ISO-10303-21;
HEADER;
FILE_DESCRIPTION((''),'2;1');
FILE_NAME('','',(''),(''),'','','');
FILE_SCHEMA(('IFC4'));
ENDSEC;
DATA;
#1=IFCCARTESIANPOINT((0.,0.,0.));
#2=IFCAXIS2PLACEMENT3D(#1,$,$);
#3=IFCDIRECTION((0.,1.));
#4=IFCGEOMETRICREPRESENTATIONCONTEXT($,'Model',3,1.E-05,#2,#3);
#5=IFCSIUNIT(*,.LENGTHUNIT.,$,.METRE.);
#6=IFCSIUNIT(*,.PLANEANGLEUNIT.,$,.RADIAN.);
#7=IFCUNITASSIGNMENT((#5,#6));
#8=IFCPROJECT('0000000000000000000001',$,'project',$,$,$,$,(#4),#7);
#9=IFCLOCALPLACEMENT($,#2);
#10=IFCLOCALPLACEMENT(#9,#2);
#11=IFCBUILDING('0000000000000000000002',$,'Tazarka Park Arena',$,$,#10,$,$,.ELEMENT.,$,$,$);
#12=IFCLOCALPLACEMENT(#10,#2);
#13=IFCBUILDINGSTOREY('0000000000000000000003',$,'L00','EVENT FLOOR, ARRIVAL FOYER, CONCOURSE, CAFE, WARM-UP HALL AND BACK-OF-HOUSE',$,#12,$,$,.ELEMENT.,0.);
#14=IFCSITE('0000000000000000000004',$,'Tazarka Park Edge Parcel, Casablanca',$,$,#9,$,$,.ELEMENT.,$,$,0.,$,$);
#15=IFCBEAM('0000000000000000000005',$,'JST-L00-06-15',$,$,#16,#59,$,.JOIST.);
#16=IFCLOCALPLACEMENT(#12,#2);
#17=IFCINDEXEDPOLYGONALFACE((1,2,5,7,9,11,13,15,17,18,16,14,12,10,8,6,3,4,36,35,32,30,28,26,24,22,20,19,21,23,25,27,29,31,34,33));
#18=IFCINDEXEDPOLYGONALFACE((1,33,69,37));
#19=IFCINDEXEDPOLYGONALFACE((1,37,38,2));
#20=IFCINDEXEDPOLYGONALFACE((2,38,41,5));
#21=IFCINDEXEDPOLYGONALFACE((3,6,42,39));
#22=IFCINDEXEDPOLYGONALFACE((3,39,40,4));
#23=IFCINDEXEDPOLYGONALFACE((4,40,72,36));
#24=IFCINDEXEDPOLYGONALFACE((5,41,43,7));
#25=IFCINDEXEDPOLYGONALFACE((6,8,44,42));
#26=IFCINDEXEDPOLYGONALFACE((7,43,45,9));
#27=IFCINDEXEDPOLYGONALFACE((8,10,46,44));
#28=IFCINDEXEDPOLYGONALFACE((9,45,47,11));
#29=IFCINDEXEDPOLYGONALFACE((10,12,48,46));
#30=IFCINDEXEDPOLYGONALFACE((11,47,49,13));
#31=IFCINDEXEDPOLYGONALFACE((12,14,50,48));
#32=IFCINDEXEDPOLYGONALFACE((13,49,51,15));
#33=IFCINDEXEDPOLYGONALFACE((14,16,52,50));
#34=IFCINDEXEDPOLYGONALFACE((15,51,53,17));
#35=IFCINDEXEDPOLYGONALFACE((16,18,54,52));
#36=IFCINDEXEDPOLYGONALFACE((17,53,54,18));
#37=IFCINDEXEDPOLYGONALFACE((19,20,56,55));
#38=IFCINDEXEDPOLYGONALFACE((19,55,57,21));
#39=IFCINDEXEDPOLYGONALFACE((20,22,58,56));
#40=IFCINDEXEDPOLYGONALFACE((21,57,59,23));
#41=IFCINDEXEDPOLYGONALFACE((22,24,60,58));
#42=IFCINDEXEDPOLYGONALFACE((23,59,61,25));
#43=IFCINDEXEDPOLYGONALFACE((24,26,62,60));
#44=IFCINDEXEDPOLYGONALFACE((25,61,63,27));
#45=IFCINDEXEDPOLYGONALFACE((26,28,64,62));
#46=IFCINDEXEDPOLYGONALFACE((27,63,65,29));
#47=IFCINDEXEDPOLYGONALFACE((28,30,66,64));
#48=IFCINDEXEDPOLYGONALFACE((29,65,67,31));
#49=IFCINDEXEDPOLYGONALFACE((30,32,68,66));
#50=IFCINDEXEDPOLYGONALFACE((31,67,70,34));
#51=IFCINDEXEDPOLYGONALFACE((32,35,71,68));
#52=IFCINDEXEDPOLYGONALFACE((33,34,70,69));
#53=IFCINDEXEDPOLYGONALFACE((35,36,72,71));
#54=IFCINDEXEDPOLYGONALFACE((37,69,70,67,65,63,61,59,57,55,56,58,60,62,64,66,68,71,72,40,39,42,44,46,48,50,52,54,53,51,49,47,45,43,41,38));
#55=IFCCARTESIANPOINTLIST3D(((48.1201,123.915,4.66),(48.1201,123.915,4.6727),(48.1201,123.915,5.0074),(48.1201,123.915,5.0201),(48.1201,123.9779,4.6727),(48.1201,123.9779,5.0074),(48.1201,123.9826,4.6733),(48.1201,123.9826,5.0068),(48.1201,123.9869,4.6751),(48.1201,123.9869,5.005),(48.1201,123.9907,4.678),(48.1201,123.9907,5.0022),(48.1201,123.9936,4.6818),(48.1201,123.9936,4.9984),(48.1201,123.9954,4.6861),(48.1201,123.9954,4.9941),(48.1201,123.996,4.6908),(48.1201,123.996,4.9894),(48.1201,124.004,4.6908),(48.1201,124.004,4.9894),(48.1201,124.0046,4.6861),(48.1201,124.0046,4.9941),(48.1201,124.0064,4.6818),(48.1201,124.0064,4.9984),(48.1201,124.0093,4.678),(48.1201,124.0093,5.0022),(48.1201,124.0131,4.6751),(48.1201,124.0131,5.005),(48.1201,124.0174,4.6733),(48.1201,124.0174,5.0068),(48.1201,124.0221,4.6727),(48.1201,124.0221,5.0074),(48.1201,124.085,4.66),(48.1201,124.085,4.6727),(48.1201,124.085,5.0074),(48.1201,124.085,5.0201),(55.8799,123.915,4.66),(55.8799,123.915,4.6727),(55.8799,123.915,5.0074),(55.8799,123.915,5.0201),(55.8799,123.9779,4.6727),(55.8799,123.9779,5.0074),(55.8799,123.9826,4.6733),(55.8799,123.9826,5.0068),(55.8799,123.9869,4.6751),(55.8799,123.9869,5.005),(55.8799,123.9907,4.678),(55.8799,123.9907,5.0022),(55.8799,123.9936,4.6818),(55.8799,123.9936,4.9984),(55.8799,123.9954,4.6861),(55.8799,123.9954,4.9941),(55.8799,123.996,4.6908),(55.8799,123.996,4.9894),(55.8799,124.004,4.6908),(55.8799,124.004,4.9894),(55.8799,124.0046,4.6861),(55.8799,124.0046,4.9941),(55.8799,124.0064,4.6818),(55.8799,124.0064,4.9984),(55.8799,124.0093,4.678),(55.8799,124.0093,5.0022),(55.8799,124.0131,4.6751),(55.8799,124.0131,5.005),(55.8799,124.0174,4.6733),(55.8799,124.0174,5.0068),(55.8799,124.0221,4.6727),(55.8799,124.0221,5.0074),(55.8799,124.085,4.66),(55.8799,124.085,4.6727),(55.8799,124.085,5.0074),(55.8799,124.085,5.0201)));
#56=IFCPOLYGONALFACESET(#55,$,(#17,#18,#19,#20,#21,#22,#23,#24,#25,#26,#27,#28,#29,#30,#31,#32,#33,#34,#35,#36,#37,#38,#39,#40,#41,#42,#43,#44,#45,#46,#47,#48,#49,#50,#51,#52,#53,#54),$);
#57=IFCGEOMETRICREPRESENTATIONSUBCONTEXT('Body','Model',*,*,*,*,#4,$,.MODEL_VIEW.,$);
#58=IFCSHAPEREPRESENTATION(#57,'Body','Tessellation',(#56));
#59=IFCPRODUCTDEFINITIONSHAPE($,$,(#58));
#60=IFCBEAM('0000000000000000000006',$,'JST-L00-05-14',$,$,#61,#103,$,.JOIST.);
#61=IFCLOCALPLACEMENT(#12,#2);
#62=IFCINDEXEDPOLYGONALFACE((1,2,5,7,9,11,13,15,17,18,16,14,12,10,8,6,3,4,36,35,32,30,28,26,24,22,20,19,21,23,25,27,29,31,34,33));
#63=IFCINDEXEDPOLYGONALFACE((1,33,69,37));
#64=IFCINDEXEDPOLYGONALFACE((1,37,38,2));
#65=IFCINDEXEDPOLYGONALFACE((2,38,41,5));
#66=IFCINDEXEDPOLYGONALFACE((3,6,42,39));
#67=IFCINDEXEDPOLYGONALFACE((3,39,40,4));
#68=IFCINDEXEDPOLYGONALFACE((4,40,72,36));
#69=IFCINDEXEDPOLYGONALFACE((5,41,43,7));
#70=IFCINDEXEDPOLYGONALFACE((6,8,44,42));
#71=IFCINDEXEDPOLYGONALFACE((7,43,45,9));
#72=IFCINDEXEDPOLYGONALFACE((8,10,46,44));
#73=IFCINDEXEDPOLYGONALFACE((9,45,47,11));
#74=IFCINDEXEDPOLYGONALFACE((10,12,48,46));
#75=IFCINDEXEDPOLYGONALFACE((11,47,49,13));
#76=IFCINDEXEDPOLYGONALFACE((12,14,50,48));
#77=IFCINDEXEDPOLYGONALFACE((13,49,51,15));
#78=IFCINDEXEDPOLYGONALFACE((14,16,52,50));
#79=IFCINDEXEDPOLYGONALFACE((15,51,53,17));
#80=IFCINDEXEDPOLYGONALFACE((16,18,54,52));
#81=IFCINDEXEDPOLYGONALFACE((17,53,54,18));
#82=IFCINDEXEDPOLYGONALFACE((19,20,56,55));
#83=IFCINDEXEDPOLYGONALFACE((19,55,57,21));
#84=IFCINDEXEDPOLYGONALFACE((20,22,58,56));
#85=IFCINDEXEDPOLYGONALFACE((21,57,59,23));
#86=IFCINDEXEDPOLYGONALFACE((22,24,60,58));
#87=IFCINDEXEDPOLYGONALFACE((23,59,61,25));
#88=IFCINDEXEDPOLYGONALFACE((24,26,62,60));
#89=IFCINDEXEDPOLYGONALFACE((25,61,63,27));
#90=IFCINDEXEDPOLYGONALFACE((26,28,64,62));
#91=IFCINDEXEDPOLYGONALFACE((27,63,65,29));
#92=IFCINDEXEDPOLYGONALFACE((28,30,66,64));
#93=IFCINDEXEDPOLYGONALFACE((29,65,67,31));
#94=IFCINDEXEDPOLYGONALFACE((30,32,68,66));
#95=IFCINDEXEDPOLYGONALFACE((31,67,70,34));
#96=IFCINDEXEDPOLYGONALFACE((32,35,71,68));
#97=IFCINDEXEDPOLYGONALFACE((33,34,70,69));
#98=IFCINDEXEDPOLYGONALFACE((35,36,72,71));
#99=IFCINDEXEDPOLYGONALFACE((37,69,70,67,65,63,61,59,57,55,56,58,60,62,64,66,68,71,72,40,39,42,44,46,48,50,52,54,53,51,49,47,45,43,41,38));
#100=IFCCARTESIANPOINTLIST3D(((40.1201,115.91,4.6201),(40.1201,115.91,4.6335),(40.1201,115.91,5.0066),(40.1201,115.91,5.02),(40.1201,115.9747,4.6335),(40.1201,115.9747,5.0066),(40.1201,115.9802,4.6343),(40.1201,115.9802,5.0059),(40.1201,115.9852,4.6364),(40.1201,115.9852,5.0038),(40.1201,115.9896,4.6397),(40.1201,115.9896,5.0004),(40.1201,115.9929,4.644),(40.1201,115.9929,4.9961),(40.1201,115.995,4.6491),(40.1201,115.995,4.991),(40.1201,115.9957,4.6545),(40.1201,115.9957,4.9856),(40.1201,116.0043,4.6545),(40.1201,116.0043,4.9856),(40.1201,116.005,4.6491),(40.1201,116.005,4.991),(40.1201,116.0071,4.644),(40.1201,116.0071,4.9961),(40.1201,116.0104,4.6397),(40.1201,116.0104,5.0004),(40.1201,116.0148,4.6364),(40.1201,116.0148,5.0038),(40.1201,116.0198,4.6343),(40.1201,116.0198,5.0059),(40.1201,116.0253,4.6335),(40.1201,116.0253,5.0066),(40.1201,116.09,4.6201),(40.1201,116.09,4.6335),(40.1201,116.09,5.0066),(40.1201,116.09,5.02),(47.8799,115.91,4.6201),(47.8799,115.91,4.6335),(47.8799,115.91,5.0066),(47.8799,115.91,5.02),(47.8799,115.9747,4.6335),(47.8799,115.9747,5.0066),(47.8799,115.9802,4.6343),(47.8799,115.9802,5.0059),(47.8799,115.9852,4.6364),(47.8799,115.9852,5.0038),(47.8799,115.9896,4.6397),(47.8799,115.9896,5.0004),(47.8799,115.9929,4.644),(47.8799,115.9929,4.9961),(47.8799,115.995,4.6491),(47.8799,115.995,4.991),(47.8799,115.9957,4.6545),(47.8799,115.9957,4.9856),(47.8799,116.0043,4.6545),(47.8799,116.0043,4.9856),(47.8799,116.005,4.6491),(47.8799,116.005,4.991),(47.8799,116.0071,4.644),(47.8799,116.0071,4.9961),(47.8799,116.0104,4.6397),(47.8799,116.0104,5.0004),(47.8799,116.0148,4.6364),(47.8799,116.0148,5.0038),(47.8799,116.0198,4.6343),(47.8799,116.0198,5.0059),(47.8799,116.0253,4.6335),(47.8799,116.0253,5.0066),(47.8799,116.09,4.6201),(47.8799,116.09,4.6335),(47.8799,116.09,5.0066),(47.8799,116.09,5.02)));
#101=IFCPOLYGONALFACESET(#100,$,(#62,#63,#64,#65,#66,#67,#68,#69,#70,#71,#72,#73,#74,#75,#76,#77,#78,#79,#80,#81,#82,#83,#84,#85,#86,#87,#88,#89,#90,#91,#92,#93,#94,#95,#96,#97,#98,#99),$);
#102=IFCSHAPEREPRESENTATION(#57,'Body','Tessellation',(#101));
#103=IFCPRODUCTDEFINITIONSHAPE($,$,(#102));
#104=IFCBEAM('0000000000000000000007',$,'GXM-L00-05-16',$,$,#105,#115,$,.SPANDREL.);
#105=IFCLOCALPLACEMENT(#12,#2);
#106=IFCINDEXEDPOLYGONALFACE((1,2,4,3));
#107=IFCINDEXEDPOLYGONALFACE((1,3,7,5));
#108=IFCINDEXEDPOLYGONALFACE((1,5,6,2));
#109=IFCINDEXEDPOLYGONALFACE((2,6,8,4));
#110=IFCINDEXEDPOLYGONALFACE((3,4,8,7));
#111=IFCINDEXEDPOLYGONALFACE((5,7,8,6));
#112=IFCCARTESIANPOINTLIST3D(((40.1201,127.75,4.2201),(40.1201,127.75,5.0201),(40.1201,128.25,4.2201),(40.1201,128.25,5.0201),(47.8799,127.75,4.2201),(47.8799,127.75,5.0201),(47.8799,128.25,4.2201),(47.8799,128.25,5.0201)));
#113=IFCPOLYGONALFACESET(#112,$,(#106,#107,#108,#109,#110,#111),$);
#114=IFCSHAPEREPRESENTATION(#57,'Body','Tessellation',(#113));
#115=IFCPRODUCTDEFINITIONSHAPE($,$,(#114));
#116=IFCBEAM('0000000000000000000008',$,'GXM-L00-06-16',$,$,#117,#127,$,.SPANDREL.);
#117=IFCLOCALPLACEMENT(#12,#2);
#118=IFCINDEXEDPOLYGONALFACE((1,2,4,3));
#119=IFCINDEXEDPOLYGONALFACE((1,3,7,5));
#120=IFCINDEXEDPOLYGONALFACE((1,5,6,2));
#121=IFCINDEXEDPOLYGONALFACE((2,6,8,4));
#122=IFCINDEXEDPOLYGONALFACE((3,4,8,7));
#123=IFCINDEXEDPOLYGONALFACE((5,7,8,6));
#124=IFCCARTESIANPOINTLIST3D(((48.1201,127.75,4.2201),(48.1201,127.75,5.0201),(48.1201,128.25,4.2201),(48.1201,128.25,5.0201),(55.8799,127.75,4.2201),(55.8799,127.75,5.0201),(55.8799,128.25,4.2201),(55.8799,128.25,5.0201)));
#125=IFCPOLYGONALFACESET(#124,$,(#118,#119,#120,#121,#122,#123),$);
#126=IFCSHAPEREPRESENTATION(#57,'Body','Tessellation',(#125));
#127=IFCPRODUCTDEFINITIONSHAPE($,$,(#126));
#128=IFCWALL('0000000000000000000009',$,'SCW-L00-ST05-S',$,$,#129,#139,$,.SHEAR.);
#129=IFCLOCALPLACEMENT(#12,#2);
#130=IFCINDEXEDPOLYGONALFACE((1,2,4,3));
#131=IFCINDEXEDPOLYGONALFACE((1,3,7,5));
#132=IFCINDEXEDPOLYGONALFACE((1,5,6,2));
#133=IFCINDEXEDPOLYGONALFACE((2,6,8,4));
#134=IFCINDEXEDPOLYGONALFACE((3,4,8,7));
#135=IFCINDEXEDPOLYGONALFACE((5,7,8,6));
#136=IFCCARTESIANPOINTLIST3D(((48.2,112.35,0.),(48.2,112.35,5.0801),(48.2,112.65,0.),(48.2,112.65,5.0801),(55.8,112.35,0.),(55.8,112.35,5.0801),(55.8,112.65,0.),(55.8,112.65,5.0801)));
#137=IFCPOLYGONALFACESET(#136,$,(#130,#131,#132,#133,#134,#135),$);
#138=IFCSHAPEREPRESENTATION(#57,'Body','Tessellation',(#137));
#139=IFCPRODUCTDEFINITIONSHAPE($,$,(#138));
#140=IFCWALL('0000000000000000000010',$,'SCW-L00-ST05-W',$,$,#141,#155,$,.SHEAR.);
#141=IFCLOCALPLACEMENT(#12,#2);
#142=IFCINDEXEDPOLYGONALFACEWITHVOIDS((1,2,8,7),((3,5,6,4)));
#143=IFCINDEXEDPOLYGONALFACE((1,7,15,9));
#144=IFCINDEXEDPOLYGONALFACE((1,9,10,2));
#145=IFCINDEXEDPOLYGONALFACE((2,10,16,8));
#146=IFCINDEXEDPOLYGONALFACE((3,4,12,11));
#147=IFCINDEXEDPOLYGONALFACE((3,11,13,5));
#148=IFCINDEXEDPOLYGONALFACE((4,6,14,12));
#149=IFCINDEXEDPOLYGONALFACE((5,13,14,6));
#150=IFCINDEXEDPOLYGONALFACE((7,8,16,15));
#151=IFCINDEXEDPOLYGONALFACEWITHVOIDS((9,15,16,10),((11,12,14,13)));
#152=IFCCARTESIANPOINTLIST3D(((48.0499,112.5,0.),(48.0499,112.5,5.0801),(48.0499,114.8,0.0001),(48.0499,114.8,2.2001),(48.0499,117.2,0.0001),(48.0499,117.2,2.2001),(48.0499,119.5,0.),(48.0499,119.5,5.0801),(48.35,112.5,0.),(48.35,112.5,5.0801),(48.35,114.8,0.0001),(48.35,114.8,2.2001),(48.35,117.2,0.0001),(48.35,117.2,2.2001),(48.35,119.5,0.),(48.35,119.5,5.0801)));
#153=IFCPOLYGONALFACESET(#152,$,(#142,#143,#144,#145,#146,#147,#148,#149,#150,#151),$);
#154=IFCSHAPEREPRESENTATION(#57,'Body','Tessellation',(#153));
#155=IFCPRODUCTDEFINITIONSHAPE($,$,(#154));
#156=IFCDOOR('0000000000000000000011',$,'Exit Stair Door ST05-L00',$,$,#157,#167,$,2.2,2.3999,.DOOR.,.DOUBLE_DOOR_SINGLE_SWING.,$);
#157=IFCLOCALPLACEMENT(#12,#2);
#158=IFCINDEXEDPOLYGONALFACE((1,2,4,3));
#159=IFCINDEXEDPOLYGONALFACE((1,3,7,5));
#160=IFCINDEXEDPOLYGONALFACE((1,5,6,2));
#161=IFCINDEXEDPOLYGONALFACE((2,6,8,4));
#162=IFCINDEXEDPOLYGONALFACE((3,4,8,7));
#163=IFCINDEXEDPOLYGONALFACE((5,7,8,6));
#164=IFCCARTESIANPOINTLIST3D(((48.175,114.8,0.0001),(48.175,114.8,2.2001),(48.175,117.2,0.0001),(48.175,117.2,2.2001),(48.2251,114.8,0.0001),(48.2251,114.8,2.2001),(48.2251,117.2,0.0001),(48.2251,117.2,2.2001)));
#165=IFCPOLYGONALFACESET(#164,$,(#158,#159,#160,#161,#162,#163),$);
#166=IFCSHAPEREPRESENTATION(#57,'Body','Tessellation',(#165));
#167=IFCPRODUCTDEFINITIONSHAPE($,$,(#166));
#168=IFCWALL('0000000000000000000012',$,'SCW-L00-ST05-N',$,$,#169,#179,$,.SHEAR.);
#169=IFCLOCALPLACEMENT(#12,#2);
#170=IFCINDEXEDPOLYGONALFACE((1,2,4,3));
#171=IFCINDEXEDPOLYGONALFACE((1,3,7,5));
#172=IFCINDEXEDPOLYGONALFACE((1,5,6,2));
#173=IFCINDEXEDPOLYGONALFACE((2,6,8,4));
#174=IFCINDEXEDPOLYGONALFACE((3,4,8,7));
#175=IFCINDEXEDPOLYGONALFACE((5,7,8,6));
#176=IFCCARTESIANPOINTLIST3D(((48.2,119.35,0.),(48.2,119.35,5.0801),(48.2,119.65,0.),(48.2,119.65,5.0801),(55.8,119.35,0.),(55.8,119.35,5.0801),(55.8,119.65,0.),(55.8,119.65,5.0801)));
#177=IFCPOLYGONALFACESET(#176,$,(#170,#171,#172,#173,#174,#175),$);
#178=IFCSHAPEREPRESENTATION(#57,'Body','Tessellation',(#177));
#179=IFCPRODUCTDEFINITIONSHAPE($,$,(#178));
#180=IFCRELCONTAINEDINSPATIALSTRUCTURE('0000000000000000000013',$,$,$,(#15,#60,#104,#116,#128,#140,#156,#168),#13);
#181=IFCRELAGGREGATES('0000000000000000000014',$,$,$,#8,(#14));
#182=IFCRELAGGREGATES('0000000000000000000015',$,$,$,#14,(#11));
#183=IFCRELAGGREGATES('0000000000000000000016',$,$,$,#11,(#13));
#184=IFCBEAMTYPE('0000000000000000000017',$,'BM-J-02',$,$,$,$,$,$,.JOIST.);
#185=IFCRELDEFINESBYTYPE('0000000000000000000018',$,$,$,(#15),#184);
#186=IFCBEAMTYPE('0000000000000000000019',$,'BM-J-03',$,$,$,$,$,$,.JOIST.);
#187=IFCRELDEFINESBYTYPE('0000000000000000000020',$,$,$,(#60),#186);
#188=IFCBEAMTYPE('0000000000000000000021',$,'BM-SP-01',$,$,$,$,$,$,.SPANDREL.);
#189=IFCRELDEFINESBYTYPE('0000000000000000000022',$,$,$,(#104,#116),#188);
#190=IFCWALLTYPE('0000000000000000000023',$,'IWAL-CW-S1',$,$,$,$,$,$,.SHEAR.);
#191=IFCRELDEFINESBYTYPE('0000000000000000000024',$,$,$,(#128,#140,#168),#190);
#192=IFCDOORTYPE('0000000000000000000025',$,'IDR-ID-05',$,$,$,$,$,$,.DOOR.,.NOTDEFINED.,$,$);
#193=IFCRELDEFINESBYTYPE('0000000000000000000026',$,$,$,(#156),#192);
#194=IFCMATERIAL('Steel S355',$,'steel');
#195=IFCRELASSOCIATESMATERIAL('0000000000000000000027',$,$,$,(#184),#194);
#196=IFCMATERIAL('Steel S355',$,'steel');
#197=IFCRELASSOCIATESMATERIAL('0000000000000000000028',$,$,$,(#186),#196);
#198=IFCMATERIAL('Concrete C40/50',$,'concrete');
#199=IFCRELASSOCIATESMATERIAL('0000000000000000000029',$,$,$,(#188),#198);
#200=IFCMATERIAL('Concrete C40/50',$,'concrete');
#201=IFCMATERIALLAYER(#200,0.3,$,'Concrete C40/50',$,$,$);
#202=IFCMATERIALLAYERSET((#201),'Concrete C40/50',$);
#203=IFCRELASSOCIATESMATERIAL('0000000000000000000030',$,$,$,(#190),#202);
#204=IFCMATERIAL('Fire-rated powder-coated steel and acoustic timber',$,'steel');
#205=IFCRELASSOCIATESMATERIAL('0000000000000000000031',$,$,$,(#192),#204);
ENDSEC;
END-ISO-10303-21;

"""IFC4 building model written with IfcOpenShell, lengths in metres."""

from ifc_helpers import new_model, si_unit, direction, frame, frame_2d, origin, origin_2d, place, context, subcontext, project, spatial, rectangle, i_section, extrude, material, layer, layer_set, material_profile, profile_set, type_object, element, fill, save


model = new_model("IFC4")

# Units and contexts
model_context = context("Model", 3, precision=1e-05, world=origin(), true_north=direction((0.0, 1.0)))
body_context = subcontext(model_context, "Body", "Model", "MODEL_VIEW")
ifc_project = project(units=[si_unit("LENGTHUNIT", "METRE"), si_unit("PLANEANGLEUNIT", "RADIAN")], contexts=[model_context])

# Site, building, storey
site_placement = place(None, origin())
site = spatial("IfcSite", under=ifc_project, at=site_placement, Name="Tazarka Park Edge Parcel, Casablanca", CompositionType="ELEMENT", RefElevation=0.0)
building_placement = place(site_placement, origin())
building = spatial("IfcBuilding", under=site, at=building_placement, Name="Tazarka Park Arena", CompositionType="ELEMENT")
storey_placement = place(building_placement, origin())
storey = spatial("IfcBuildingStorey", under=building, at=storey_placement, Name="L00", Description="EVENT FLOOR, ARRIVAL FOYER, CONCOURSE, CAFE, WARM-UP HALL AND BACK-OF-HOUSE", CompositionType="ELEMENT", Elevation=0.0)

# Beams
ifc_material_1 = material(Name="Steel S355", Category="steel")
ifc_material_profile_1 = material_profile(ifc_material_1, i_section(OverallWidth=0.1699, OverallDepth=0.3601, WebThickness=0.0081, FlangeThickness=0.0127, FilletRadius=0.0181, at=origin_2d()), Name="Steel S355")
ifc_profile_set_1 = profile_set([ifc_material_profile_1], Name="Steel S355")
beam_type_1 = type_object("IfcBeamType", Name="BM-J-02", PredefinedType="JOIST", material=ifc_profile_set_1)
beam_1_placement = place(storey_placement, frame((48.1201, 124.0, 4.8401), z_axis=(1.0, 0.0, 0.0), x_axis=(0.0, 1.0, 0.0)))
element("IfcBeam", 1, at=beam_1_placement, inside=storey, type_object=beam_type_1, Name="JST-L00-06-15", PredefinedType="JOIST", context=body_context, shape_type="SweptSolid", body=[
    extrude(i_section(OverallWidth=0.1699, OverallDepth=0.3601, WebThickness=0.0081, FlangeThickness=0.0127, FilletRadius=0.0181, at=origin_2d()), origin(), (0.0, 0.0, 1.0), 7.7598),
])
ifc_material_2 = material(Name="Steel S355", Category="steel")
ifc_material_profile_2 = material_profile(ifc_material_2, i_section(OverallWidth=0.1799, OverallDepth=0.3999, WebThickness=0.0085, FlangeThickness=0.0134, FilletRadius=0.021, at=origin_2d()), Name="Steel S355")
ifc_profile_set_2 = profile_set([ifc_material_profile_2], Name="Steel S355")
beam_type_2 = type_object("IfcBeamType", Name="BM-J-03", PredefinedType="JOIST", material=ifc_profile_set_2)
beam_2_placement = place(storey_placement, frame((40.1201, 116.0, 4.8201), z_axis=(1.0, 0.0, 0.0), x_axis=(0.0, 1.0, 0.0)))
element("IfcBeam", 2, at=beam_2_placement, inside=storey, type_object=beam_type_2, Name="JST-L00-05-14", PredefinedType="JOIST", context=body_context, shape_type="SweptSolid", body=[
    extrude(i_section(OverallWidth=0.1799, OverallDepth=0.3999, WebThickness=0.0085, FlangeThickness=0.0134, FilletRadius=0.021, at=origin_2d()), origin(), (0.0, 0.0, 1.0), 7.7598),
])
ifc_material_3 = material(Name="Concrete C40/50", Category="concrete")
ifc_material_profile_3 = material_profile(ifc_material_3, rectangle(XDim=0.5, YDim=0.8, at=origin_2d()), Name="Concrete C40/50")
ifc_profile_set_3 = profile_set([ifc_material_profile_3], Name="Concrete C40/50")
beam_type_3 = type_object("IfcBeamType", Name="BM-SP-01", PredefinedType="SPANDREL", material=ifc_profile_set_3)
for number, where, z_axis, x_axis, name in (
    (3, (40.1201, 128.0, 4.6201), (1.0, 0.0, 0.0), (0.0, 1.0, 0.0), "GXM-L00-05-16"),
    (4, (48.1201, 128.0, 4.6201), (1.0, 0.0, 0.0), (0.0, 1.0, 0.0), "GXM-L00-06-16"),
):
    element("IfcBeam", number, at=place(storey_placement, frame(where, z_axis=z_axis, x_axis=x_axis)), inside=storey, type_object=beam_type_3, Name=name, PredefinedType="SPANDREL", context=body_context, shape_type="SweptSolid", body=[
        extrude(rectangle(XDim=0.5, YDim=0.8, at=origin_2d()), origin(), (0.0, 0.0, 1.0), 7.7598),
    ])

# Wall
ifc_material_4 = material(Name="Concrete C40/50", Category="concrete")
ifc_layer_1 = layer(ifc_material_4, 0.3, Name="Concrete C40/50")
ifc_layer_set_1 = layer_set([ifc_layer_1], Name="Concrete C40/50")
wall_type_1 = type_object("IfcWallType", Name="IWAL-CW-S1", PredefinedType="SHEAR", material=ifc_layer_set_1)
wall_1_placement = place(storey_placement, frame((55.8, 112.5, 0.0), z_axis=(0.0, 0.0, 1.0), x_axis=(-1.0, 0.0, 0.0)))
element("IfcWall", 5, at=wall_1_placement, inside=storey, type_object=wall_type_1, Name="SCW-L00-ST05-S", PredefinedType="SHEAR", context=body_context, shape_type="SweptSolid", body=[
    extrude(rectangle(XDim=7.6001, YDim=0.3, at=frame_2d((3.8, 0.0))), origin(), (0.0, 0.0, 1.0), 5.0801),
])

# Wall, opening, door
wall_2_placement = place(storey_placement, frame((48.2, 112.5, 0.0), z_axis=(0.0, 0.0, 1.0), x_axis=(0.0, 1.0, 0.0)))
wall_2 = element("IfcWall", 6, at=wall_2_placement, inside=storey, type_object=wall_type_1, Name="SCW-L00-ST05-W", PredefinedType="SHEAR", context=body_context, shape_type="SweptSolid", body=[
    extrude(rectangle(XDim=7.0, YDim=0.3, at=frame_2d((3.5, 0.0))), origin(), (0.0, 0.0, 1.0), 5.0801),
])
opening_1_placement = place(wall_2_placement, frame((2.3, 0.0, 0.0)))
opening_1 = element("IfcOpeningElement", 7, at=opening_1_placement, cuts=wall_2, PredefinedType="OPENING", context=body_context, shape_type="SweptSolid", body=[
    extrude(rectangle(XDim=2.3999, YDim=2.2, at=frame_2d((1.2, 1.1001))), frame((0.0, 0.1602, 0.0), z_axis=(0.0, -1.0, 0.0), x_axis=(1.0, 0.0, 0.0)), (0.0, 0.0, 1.0), 0.3201),
])
ifc_material_5 = material(Name="Fire-rated powder-coated steel and acoustic timber", Category="steel")
door_type_1 = type_object("IfcDoorType", Name="IDR-ID-05", OperationType="NOTDEFINED", PredefinedType="DOOR", material=ifc_material_5)
door_1_placement = place(opening_1_placement, origin())
door_1 = element("IfcDoor", 8, at=door_1_placement, inside=storey, type_object=door_type_1, Name="Exit Stair Door ST05-L00", OperationType="DOUBLE_DOOR_SINGLE_SWING", OverallHeight=2.2, OverallWidth=2.3999, PredefinedType="DOOR", context=body_context, shape_type="SweptSolid", body=[
    extrude(rectangle(XDim=2.3999, YDim=2.2, at=frame_2d((1.2, 1.1001))), frame((0.0, 0.0249, 0.0), z_axis=(0.0, -1.0, 0.0), x_axis=(1.0, 0.0, 0.0)), (0.0, 0.0, 1.0), 0.05),
])
fill(opening_1, door_1)

# Wall
wall_3_placement = place(storey_placement, frame((48.2, 119.5, 0.0), z_axis=(0.0, 0.0, 1.0), x_axis=(1.0, 0.0, 0.0)))
element("IfcWall", 9, at=wall_3_placement, inside=storey, type_object=wall_type_1, Name="SCW-L00-ST05-N", PredefinedType="SHEAR", context=body_context, shape_type="SweptSolid", body=[
    extrude(rectangle(XDim=7.6001, YDim=0.3, at=frame_2d((3.8, 0.0))), origin(), (0.0, 0.0, 1.0), 5.0801),
])

save(model, "model.ifc")
